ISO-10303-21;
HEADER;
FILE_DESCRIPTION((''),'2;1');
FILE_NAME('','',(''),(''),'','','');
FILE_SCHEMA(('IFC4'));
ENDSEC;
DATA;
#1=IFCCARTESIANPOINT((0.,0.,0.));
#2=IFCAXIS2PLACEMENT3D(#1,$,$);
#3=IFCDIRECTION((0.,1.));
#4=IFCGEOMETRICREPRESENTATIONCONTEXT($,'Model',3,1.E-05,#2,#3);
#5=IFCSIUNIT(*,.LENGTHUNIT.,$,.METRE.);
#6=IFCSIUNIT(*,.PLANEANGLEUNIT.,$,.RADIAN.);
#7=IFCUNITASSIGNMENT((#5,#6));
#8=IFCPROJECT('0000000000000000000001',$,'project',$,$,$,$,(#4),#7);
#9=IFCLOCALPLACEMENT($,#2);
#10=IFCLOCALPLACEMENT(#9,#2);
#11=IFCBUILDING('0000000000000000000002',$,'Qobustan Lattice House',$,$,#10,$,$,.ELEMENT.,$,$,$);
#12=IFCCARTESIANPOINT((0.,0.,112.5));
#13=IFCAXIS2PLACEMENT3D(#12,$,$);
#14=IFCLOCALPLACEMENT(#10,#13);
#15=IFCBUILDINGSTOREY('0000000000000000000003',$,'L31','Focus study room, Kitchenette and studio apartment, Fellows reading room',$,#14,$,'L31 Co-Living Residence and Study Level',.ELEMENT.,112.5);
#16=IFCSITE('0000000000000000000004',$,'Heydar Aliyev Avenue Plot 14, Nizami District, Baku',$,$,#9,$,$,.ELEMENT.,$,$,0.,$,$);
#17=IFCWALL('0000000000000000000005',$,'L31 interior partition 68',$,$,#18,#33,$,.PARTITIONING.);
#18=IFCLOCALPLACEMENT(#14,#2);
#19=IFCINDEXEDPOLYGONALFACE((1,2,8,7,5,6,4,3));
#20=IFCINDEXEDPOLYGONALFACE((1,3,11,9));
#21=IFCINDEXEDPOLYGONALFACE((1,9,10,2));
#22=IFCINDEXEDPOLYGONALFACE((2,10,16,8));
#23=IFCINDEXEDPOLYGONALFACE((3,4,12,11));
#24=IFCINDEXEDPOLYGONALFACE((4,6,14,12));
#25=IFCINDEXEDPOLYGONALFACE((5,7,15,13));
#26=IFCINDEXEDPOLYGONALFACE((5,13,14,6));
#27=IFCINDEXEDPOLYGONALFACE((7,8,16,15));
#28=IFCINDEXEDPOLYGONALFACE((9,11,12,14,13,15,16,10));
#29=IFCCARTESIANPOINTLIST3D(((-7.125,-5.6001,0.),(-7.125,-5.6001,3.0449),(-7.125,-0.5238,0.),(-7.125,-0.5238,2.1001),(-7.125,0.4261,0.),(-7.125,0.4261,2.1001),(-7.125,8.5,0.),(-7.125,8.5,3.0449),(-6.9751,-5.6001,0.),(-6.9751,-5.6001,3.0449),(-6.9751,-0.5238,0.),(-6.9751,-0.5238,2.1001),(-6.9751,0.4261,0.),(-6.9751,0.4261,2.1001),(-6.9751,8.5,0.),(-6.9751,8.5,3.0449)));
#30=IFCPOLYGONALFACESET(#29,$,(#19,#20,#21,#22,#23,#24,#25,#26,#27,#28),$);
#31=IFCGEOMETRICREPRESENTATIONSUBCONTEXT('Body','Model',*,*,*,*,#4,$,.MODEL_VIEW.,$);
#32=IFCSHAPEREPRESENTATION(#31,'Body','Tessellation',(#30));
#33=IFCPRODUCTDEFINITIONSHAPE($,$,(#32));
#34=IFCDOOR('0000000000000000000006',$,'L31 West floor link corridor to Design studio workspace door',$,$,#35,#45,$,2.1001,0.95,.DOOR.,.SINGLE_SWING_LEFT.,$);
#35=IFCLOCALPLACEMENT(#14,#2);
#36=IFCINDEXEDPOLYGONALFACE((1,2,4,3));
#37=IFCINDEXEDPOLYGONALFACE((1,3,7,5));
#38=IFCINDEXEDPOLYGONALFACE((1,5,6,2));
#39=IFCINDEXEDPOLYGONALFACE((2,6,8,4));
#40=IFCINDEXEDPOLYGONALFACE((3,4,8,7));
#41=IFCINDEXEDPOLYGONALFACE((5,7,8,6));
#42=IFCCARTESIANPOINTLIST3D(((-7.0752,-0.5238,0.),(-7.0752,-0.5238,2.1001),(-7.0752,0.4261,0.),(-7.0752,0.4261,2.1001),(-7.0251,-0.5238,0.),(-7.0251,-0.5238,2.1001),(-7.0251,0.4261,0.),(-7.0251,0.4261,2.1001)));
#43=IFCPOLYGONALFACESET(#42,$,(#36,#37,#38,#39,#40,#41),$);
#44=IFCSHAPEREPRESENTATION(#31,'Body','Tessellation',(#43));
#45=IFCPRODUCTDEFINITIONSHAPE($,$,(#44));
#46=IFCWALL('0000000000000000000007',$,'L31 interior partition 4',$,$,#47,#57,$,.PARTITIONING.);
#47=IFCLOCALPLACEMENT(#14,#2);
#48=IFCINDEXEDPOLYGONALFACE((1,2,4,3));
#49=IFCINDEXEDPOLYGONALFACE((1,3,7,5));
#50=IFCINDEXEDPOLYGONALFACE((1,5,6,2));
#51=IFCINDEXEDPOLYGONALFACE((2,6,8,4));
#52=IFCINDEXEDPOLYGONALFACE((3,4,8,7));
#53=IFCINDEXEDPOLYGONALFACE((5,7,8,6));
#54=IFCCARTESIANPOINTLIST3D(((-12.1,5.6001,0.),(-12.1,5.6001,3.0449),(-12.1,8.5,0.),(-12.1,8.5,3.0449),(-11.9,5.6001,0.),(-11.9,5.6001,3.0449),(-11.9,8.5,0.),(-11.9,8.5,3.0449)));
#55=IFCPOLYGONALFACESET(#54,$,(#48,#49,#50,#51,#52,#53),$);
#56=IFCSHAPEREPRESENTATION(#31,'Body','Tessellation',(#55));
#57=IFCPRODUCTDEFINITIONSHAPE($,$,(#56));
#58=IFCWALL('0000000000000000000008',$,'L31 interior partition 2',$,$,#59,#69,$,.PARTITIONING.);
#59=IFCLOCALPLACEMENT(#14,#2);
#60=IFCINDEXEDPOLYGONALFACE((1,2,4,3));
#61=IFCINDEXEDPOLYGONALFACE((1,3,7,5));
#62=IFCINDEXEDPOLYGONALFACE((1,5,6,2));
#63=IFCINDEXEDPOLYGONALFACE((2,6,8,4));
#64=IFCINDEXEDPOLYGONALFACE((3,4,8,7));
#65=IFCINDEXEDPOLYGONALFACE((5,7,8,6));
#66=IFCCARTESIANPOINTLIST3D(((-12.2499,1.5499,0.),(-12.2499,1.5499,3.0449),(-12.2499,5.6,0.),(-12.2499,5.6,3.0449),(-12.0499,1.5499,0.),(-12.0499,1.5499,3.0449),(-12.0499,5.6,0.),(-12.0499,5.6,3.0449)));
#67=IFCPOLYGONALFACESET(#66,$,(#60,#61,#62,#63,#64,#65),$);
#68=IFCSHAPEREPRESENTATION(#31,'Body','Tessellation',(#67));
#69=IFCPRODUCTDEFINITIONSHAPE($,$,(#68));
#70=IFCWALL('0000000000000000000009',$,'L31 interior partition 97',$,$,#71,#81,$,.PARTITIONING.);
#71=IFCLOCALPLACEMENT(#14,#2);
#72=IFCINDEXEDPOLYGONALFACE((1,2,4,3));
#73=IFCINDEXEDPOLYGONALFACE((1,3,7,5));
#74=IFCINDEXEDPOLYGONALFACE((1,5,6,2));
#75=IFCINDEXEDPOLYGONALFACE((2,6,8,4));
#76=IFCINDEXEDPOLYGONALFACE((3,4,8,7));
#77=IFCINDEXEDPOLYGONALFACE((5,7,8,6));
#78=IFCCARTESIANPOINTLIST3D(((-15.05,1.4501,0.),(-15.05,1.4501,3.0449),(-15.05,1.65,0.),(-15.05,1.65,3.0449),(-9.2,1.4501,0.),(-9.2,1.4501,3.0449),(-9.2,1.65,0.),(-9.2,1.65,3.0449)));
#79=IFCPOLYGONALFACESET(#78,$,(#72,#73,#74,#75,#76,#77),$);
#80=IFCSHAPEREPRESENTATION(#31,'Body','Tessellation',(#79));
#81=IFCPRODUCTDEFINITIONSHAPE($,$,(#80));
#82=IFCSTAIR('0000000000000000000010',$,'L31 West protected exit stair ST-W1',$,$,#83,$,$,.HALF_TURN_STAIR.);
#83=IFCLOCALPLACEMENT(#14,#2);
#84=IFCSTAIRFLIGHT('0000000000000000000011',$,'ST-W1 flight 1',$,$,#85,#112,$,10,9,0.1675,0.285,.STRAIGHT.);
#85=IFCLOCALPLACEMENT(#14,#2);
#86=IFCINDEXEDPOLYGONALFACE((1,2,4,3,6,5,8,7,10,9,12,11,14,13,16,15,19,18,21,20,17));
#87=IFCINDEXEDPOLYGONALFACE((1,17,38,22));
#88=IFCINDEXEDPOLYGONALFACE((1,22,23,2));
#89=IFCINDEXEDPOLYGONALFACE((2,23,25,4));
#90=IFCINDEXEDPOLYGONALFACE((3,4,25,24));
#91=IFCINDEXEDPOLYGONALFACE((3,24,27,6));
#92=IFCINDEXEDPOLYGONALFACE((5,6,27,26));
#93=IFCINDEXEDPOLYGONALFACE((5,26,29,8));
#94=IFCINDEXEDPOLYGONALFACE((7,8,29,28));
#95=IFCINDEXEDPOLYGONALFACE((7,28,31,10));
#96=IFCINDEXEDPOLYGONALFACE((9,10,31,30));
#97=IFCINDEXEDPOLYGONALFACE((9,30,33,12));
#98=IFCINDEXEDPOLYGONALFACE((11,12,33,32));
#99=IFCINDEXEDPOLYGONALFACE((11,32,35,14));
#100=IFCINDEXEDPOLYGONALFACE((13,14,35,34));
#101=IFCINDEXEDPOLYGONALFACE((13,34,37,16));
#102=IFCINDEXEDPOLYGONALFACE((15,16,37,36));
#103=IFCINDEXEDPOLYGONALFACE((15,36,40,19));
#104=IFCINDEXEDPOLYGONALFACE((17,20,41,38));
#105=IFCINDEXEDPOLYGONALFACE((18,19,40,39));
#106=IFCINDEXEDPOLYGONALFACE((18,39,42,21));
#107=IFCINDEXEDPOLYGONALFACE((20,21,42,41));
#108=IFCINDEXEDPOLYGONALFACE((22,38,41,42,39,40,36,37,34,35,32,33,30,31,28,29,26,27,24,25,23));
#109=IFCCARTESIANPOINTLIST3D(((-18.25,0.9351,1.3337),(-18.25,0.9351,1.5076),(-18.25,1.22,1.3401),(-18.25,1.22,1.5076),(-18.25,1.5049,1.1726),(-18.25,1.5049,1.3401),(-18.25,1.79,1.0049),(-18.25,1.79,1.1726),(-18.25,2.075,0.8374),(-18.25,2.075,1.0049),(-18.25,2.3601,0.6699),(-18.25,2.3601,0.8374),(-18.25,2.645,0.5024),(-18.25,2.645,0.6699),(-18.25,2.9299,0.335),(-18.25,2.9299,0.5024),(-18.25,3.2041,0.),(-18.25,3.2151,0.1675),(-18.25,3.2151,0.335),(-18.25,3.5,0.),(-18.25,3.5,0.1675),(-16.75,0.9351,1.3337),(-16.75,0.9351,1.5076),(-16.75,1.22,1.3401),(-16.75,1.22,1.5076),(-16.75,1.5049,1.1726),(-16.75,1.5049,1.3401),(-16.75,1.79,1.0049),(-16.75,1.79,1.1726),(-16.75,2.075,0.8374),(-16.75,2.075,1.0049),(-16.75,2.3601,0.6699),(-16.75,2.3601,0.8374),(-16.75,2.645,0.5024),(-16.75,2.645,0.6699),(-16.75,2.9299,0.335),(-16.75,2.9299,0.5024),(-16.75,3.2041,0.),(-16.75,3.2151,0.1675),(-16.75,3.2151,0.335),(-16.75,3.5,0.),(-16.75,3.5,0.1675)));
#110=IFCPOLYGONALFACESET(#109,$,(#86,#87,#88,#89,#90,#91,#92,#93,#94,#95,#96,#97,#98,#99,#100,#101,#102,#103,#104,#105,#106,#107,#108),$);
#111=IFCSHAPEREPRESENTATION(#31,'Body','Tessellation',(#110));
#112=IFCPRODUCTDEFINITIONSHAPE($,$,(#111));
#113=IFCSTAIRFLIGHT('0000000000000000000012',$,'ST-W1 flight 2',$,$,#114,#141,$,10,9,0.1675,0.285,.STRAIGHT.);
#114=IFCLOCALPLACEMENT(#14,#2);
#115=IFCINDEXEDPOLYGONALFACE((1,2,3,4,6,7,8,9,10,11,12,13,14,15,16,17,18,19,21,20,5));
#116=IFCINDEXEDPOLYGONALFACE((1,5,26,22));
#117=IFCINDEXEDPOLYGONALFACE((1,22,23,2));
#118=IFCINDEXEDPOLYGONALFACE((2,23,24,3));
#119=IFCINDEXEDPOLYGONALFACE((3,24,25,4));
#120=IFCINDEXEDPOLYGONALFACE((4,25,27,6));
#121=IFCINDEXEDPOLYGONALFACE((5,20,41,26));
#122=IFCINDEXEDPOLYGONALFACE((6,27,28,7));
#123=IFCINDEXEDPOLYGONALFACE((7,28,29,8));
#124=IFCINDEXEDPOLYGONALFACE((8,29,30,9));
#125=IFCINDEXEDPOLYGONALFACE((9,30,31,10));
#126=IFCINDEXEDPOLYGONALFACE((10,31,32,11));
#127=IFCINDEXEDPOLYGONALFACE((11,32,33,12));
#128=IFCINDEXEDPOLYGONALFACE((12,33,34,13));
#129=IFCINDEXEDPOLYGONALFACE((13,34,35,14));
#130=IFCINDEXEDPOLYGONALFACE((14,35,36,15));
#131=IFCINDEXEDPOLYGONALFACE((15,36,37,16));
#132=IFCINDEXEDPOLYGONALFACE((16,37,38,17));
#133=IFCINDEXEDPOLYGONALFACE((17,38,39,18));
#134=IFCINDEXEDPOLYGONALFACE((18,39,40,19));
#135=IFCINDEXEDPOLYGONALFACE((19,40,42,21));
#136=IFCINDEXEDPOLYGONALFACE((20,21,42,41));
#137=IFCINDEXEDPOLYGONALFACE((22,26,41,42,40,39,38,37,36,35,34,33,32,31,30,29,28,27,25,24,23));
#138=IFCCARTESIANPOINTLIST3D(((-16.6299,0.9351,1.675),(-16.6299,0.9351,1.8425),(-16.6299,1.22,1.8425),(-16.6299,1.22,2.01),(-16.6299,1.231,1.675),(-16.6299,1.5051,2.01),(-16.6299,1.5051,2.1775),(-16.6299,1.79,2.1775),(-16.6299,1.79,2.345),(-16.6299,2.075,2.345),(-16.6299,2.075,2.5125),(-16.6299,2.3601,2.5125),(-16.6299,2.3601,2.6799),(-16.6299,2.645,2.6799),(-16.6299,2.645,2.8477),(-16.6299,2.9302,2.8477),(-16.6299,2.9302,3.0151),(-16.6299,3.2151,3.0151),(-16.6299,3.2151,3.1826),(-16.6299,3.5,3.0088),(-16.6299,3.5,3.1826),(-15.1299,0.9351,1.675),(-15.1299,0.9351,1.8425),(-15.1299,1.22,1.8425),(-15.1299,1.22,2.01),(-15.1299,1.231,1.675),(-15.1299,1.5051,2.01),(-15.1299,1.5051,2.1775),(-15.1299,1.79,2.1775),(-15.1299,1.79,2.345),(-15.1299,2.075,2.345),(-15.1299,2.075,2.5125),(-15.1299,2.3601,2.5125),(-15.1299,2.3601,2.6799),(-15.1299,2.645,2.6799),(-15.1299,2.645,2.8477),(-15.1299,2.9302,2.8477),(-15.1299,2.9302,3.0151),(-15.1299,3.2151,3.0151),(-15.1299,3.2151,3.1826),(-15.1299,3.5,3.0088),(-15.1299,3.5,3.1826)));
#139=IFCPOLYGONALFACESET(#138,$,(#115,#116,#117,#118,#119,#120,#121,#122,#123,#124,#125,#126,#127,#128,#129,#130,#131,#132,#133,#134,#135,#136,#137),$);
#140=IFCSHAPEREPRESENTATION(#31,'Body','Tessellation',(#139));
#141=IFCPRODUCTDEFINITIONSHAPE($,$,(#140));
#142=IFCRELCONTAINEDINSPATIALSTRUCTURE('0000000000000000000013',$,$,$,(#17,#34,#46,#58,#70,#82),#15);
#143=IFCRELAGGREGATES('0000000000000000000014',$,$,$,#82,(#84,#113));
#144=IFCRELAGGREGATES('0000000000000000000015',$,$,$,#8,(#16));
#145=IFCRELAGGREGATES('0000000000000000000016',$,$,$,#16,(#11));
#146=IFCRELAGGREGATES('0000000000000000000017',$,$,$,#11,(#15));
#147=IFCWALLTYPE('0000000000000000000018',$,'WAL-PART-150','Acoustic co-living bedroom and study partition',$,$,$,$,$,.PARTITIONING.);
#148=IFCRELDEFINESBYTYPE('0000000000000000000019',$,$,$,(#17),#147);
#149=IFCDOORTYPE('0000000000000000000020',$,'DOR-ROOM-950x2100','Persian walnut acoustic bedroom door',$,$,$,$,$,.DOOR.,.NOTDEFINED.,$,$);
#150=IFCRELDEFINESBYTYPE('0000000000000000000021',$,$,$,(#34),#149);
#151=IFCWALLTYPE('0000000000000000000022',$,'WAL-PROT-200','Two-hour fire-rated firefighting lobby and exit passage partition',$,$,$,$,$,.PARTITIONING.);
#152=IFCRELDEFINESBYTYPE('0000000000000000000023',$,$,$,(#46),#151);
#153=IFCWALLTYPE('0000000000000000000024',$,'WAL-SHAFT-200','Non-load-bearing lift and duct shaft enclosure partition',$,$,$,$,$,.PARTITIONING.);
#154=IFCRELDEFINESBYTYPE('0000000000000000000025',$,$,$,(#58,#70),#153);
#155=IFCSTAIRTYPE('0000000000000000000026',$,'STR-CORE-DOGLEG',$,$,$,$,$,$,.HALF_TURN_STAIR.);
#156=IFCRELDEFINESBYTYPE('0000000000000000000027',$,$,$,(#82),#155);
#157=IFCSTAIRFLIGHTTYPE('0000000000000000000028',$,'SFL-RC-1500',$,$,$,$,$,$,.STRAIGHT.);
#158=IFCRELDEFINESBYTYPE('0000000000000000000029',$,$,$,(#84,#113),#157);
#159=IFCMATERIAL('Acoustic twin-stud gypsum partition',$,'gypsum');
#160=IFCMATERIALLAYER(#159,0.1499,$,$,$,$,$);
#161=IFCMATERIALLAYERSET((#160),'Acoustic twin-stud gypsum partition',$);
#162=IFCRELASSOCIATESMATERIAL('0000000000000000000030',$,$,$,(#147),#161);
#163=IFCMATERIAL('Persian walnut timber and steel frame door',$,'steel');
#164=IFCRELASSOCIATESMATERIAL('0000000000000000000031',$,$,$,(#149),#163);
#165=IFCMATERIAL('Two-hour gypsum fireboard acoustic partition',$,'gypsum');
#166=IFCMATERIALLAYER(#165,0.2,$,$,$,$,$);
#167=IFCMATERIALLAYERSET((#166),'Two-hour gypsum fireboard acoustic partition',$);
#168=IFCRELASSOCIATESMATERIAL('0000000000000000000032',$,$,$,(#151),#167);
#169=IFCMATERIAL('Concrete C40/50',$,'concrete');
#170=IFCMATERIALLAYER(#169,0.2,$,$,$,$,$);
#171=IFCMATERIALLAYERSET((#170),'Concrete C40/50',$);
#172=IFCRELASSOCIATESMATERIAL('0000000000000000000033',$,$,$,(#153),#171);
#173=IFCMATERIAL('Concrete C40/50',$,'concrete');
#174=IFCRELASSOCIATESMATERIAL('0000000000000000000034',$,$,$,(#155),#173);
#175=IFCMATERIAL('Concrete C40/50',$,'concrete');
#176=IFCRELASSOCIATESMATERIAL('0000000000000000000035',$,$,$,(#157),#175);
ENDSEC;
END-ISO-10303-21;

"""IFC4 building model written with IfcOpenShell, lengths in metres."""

from ifc_helpers import new_model, si_unit, direction, frame, frame_2d, origin, place, context, subcontext, project, spatial, polyline, rectangle, outline, extrude, material, layer, layer_set, type_object, element, fill, aggregate, save


model = new_model("IFC4")

# Units and contexts
model_context = context("Model", 3, precision=1e-05, world=origin(), true_north=direction((0.0, 1.0)))
body_context = subcontext(model_context, "Body", "Model", "MODEL_VIEW")
ifc_project = project(units=[si_unit("LENGTHUNIT", "METRE"), si_unit("PLANEANGLEUNIT", "RADIAN")], contexts=[model_context])

# Site, building, storey
site_placement = place(None, origin())
site = spatial("IfcSite", under=ifc_project, at=site_placement, Name="Heydar Aliyev Avenue Plot 14, Nizami District, Baku", CompositionType="ELEMENT", RefElevation=0.0)
building_placement = place(site_placement, origin())
building = spatial("IfcBuilding", under=site, at=building_placement, Name="Qobustan Lattice House", CompositionType="ELEMENT")
storey_placement = place(building_placement, frame((0.0, 0.0, 112.5)))
storey = spatial("IfcBuildingStorey", under=building, at=storey_placement, Name="L31", Description="Focus study room, Kitchenette and studio apartment, Fellows reading room", LongName="L31 Co-Living Residence and Study Level", CompositionType="ELEMENT", Elevation=112.5)

# Wall, opening, door
ifc_material_1 = material(Name="Acoustic twin-stud gypsum partition", Category="gypsum")
ifc_layer_1 = layer(ifc_material_1, 0.1499)
ifc_layer_set_1 = layer_set([ifc_layer_1], Name="Acoustic twin-stud gypsum partition")
wall_type_1 = type_object("IfcWallType", Name="WAL-PART-150", Description="Acoustic co-living bedroom and study partition", PredefinedType="PARTITIONING", material=ifc_layer_set_1)
wall_1_placement = place(storey_placement, frame((-7.05, 8.5, 0.0), z_axis=(0.0, 0.0, 1.0), x_axis=(0.0, -1.0, 0.0)))
wall_1 = element("IfcWall", 1, at=wall_1_placement, inside=storey, type_object=wall_type_1, Name="L31 interior partition 68", PredefinedType="PARTITIONING", context=body_context, shape_type="SweptSolid", body=[
    extrude(rectangle(XDim=14.1001, YDim=0.1499, at=frame_2d((7.05, 0.0))), origin(), (0.0, 0.0, 1.0), 3.0449),
])
opening_1_placement = place(wall_1_placement, frame((8.0737, 0.0, 0.0)))
opening_1 = element("IfcOpeningElement", 2, at=opening_1_placement, cuts=wall_1, PredefinedType="OPENING", context=body_context, shape_type="SweptSolid", body=[
    extrude(rectangle(XDim=0.95, YDim=2.1001, at=frame_2d((0.4751, 1.05))), frame((0.0, 0.085, 0.0), z_axis=(0.0, -1.0, 0.0), x_axis=(1.0, 0.0, 0.0)), (0.0, 0.0, 1.0), 0.1699),
])
ifc_material_2 = material(Name="Persian walnut timber and steel frame door", Category="steel")
door_type_1 = type_object("IfcDoorType", Name="DOR-ROOM-950x2100", Description="Persian walnut acoustic bedroom door", OperationType="NOTDEFINED", PredefinedType="DOOR", material=ifc_material_2)
door_1_placement = place(opening_1_placement, origin())
door_1 = element("IfcDoor", 3, at=door_1_placement, inside=storey, type_object=door_type_1, Name="L31 West floor link corridor to Design studio workspace door", OperationType="SINGLE_SWING_LEFT", OverallHeight=2.1001, OverallWidth=0.95, PredefinedType="DOOR", context=body_context, shape_type="SweptSolid", body=[
    extrude(rectangle(XDim=0.95, YDim=2.1001, at=frame_2d((0.4751, 1.05))), frame((0.0, 0.0249, 0.0), z_axis=(0.0, -1.0, 0.0), x_axis=(1.0, 0.0, 0.0)), (0.0, 0.0, 1.0), 0.05),
])
fill(opening_1, door_1)
ifc_material_3 = material(Name="Two-hour gypsum fireboard acoustic partition", Category="gypsum")
ifc_layer_2 = layer(ifc_material_3, 0.2)
ifc_layer_set_2 = layer_set([ifc_layer_2], Name="Two-hour gypsum fireboard acoustic partition")
wall_type_2 = type_object("IfcWallType", Name="WAL-PROT-200", Description="Two-hour fire-rated firefighting lobby and exit passage partition", PredefinedType="PARTITIONING", material=ifc_layer_set_2)

# Walls
wall_2_placement = place(storey_placement, frame((-12.0, 5.6001, 0.0), z_axis=(0.0, 0.0, 1.0), x_axis=(0.0, 1.0, 0.0)))
element("IfcWall", 4, at=wall_2_placement, inside=storey, type_object=wall_type_2, Name="L31 interior partition 4", PredefinedType="PARTITIONING", context=body_context, shape_type="SweptSolid", body=[
    extrude(rectangle(XDim=2.8999, YDim=0.2, at=frame_2d((1.45, 0.0))), origin(), (0.0, 0.0, 1.0), 3.0449),
])
ifc_material_4 = material(Name="Concrete C40/50", Category="concrete")
ifc_layer_3 = layer(ifc_material_4, 0.2)
ifc_layer_set_3 = layer_set([ifc_layer_3], Name="Concrete C40/50")
wall_type_3 = type_object("IfcWallType", Name="WAL-SHAFT-200", Description="Non-load-bearing lift and duct shaft enclosure partition", PredefinedType="PARTITIONING", material=ifc_layer_set_3)
wall_3_placement = place(storey_placement, frame((-12.1499, 1.55, 0.0), z_axis=(0.0, 0.0, 1.0), x_axis=(0.0, 1.0, 0.0)))
element("IfcWall", 5, at=wall_3_placement, inside=storey, type_object=wall_type_3, Name="L31 interior partition 2", PredefinedType="PARTITIONING", context=body_context, shape_type="SweptSolid", body=[
    extrude(rectangle(XDim=4.05, YDim=0.2, at=frame_2d((2.0249, 0.0))), origin(), (0.0, 0.0, 1.0), 3.0449),
])
wall_4_placement = place(storey_placement, frame((-15.05, 1.55, 0.0), z_axis=(0.0, 0.0, 1.0), x_axis=(1.0, 0.0, 0.0)))
element("IfcWall", 6, at=wall_4_placement, inside=storey, type_object=wall_type_3, Name="L31 interior partition 97", PredefinedType="PARTITIONING", context=body_context, shape_type="SweptSolid", body=[
    extrude(rectangle(XDim=5.8501, YDim=0.2, at=frame_2d((2.925, 0.0))), origin(), (0.0, 0.0, 1.0), 3.0449),
])

# Stair, stair flights
ifc_material_5 = material(Name="Concrete C40/50", Category="concrete")
stair_type = type_object("IfcStairType", Name="STR-CORE-DOGLEG", PredefinedType="HALF_TURN_STAIR", material=ifc_material_5)
stair_placement = place(storey_placement, origin())
stair = element("IfcStair", 7, at=stair_placement, inside=storey, type_object=stair_type, Name="L31 West protected exit stair ST-W1", PredefinedType="HALF_TURN_STAIR")
ifc_material_6 = material(Name="Concrete C40/50", Category="concrete")
stair_flight_type = type_object("IfcStairFlightType", Name="SFL-RC-1500", PredefinedType="STRAIGHT", material=ifc_material_6)
stair_flight_1_placement = place(storey_placement, frame((-17.5, 3.5, 0.0), z_axis=(0.0, 0.0, 1.0), x_axis=(0.0, -1.0, 0.0)))
stair_flight_1 = element("IfcStairFlight", 8, at=stair_flight_1_placement, type_object=stair_flight_type, Name="ST-W1 flight 1", NumberOfRisers=10, NumberOfTreads=9, PredefinedType="STRAIGHT", RiserHeight=0.1675, TreadLength=0.285, context=body_context, shape_type="SweptSolid", body=[
    extrude(outline(polyline([(0.0, 0.0), (0.0, 0.1675), (0.2849, 0.1675), (0.2849, 0.335), (0.5701, 0.335), (0.5701, 0.5024), (0.855, 0.5024), (0.855, 0.6699), (1.1399, 0.6699), (1.1399, 0.8374), (1.425, 0.8374), (1.425, 1.0049), (1.71, 1.0049), (1.71, 1.1726), (1.9951, 1.1726), (1.9951, 1.3401), (2.28, 1.3401), (2.28, 1.5076), (2.5649, 1.5076), (2.5649, 1.675), (2.5649, 1.3337), (0.2959, 0.0), (0.0, 0.0)])), frame((0.0, 0.75, 0.0), z_axis=(0.0, -1.0, 0.0), x_axis=(1.0, 0.0, 0.0)), (0.0, 0.0, 1.0), 1.5),
])
stair_flight_2_placement = place(storey_placement, frame((-15.8799, 0.9351, 1.675), z_axis=(0.0, 0.0, 1.0), x_axis=(0.0, 1.0, 0.0)))
stair_flight_2 = element("IfcStairFlight", 9, at=stair_flight_2_placement, type_object=stair_flight_type, Name="ST-W1 flight 2", NumberOfRisers=10, NumberOfTreads=9, PredefinedType="STRAIGHT", RiserHeight=0.1675, TreadLength=0.285, context=body_context, shape_type="SweptSolid", body=[
    extrude(outline(polyline([(0.0, 0.0), (0.0, 0.1675), (0.2849, 0.1675), (0.2849, 0.335), (0.5701, 0.335), (0.5701, 0.5024), (0.855, 0.5024), (0.855, 0.6699), (1.1399, 0.6699), (1.1399, 0.8374), (1.425, 0.8374), (1.425, 1.0049), (1.71, 1.0049), (1.71, 1.1726), (1.9951, 1.1726), (1.9951, 1.3401), (2.28, 1.3401), (2.28, 1.5076), (2.5649, 1.5076), (2.5649, 1.675), (2.5649, 1.3337), (0.2959, 0.0), (0.0, 0.0)])), frame((0.0, 0.75, 0.0), z_axis=(0.0, -1.0, 0.0), x_axis=(1.0, 0.0, 0.0)), (0.0, 0.0, 1.0), 1.5),
])
aggregate(stair, [stair_flight_1, stair_flight_2])

save(model, "model.ifc")
